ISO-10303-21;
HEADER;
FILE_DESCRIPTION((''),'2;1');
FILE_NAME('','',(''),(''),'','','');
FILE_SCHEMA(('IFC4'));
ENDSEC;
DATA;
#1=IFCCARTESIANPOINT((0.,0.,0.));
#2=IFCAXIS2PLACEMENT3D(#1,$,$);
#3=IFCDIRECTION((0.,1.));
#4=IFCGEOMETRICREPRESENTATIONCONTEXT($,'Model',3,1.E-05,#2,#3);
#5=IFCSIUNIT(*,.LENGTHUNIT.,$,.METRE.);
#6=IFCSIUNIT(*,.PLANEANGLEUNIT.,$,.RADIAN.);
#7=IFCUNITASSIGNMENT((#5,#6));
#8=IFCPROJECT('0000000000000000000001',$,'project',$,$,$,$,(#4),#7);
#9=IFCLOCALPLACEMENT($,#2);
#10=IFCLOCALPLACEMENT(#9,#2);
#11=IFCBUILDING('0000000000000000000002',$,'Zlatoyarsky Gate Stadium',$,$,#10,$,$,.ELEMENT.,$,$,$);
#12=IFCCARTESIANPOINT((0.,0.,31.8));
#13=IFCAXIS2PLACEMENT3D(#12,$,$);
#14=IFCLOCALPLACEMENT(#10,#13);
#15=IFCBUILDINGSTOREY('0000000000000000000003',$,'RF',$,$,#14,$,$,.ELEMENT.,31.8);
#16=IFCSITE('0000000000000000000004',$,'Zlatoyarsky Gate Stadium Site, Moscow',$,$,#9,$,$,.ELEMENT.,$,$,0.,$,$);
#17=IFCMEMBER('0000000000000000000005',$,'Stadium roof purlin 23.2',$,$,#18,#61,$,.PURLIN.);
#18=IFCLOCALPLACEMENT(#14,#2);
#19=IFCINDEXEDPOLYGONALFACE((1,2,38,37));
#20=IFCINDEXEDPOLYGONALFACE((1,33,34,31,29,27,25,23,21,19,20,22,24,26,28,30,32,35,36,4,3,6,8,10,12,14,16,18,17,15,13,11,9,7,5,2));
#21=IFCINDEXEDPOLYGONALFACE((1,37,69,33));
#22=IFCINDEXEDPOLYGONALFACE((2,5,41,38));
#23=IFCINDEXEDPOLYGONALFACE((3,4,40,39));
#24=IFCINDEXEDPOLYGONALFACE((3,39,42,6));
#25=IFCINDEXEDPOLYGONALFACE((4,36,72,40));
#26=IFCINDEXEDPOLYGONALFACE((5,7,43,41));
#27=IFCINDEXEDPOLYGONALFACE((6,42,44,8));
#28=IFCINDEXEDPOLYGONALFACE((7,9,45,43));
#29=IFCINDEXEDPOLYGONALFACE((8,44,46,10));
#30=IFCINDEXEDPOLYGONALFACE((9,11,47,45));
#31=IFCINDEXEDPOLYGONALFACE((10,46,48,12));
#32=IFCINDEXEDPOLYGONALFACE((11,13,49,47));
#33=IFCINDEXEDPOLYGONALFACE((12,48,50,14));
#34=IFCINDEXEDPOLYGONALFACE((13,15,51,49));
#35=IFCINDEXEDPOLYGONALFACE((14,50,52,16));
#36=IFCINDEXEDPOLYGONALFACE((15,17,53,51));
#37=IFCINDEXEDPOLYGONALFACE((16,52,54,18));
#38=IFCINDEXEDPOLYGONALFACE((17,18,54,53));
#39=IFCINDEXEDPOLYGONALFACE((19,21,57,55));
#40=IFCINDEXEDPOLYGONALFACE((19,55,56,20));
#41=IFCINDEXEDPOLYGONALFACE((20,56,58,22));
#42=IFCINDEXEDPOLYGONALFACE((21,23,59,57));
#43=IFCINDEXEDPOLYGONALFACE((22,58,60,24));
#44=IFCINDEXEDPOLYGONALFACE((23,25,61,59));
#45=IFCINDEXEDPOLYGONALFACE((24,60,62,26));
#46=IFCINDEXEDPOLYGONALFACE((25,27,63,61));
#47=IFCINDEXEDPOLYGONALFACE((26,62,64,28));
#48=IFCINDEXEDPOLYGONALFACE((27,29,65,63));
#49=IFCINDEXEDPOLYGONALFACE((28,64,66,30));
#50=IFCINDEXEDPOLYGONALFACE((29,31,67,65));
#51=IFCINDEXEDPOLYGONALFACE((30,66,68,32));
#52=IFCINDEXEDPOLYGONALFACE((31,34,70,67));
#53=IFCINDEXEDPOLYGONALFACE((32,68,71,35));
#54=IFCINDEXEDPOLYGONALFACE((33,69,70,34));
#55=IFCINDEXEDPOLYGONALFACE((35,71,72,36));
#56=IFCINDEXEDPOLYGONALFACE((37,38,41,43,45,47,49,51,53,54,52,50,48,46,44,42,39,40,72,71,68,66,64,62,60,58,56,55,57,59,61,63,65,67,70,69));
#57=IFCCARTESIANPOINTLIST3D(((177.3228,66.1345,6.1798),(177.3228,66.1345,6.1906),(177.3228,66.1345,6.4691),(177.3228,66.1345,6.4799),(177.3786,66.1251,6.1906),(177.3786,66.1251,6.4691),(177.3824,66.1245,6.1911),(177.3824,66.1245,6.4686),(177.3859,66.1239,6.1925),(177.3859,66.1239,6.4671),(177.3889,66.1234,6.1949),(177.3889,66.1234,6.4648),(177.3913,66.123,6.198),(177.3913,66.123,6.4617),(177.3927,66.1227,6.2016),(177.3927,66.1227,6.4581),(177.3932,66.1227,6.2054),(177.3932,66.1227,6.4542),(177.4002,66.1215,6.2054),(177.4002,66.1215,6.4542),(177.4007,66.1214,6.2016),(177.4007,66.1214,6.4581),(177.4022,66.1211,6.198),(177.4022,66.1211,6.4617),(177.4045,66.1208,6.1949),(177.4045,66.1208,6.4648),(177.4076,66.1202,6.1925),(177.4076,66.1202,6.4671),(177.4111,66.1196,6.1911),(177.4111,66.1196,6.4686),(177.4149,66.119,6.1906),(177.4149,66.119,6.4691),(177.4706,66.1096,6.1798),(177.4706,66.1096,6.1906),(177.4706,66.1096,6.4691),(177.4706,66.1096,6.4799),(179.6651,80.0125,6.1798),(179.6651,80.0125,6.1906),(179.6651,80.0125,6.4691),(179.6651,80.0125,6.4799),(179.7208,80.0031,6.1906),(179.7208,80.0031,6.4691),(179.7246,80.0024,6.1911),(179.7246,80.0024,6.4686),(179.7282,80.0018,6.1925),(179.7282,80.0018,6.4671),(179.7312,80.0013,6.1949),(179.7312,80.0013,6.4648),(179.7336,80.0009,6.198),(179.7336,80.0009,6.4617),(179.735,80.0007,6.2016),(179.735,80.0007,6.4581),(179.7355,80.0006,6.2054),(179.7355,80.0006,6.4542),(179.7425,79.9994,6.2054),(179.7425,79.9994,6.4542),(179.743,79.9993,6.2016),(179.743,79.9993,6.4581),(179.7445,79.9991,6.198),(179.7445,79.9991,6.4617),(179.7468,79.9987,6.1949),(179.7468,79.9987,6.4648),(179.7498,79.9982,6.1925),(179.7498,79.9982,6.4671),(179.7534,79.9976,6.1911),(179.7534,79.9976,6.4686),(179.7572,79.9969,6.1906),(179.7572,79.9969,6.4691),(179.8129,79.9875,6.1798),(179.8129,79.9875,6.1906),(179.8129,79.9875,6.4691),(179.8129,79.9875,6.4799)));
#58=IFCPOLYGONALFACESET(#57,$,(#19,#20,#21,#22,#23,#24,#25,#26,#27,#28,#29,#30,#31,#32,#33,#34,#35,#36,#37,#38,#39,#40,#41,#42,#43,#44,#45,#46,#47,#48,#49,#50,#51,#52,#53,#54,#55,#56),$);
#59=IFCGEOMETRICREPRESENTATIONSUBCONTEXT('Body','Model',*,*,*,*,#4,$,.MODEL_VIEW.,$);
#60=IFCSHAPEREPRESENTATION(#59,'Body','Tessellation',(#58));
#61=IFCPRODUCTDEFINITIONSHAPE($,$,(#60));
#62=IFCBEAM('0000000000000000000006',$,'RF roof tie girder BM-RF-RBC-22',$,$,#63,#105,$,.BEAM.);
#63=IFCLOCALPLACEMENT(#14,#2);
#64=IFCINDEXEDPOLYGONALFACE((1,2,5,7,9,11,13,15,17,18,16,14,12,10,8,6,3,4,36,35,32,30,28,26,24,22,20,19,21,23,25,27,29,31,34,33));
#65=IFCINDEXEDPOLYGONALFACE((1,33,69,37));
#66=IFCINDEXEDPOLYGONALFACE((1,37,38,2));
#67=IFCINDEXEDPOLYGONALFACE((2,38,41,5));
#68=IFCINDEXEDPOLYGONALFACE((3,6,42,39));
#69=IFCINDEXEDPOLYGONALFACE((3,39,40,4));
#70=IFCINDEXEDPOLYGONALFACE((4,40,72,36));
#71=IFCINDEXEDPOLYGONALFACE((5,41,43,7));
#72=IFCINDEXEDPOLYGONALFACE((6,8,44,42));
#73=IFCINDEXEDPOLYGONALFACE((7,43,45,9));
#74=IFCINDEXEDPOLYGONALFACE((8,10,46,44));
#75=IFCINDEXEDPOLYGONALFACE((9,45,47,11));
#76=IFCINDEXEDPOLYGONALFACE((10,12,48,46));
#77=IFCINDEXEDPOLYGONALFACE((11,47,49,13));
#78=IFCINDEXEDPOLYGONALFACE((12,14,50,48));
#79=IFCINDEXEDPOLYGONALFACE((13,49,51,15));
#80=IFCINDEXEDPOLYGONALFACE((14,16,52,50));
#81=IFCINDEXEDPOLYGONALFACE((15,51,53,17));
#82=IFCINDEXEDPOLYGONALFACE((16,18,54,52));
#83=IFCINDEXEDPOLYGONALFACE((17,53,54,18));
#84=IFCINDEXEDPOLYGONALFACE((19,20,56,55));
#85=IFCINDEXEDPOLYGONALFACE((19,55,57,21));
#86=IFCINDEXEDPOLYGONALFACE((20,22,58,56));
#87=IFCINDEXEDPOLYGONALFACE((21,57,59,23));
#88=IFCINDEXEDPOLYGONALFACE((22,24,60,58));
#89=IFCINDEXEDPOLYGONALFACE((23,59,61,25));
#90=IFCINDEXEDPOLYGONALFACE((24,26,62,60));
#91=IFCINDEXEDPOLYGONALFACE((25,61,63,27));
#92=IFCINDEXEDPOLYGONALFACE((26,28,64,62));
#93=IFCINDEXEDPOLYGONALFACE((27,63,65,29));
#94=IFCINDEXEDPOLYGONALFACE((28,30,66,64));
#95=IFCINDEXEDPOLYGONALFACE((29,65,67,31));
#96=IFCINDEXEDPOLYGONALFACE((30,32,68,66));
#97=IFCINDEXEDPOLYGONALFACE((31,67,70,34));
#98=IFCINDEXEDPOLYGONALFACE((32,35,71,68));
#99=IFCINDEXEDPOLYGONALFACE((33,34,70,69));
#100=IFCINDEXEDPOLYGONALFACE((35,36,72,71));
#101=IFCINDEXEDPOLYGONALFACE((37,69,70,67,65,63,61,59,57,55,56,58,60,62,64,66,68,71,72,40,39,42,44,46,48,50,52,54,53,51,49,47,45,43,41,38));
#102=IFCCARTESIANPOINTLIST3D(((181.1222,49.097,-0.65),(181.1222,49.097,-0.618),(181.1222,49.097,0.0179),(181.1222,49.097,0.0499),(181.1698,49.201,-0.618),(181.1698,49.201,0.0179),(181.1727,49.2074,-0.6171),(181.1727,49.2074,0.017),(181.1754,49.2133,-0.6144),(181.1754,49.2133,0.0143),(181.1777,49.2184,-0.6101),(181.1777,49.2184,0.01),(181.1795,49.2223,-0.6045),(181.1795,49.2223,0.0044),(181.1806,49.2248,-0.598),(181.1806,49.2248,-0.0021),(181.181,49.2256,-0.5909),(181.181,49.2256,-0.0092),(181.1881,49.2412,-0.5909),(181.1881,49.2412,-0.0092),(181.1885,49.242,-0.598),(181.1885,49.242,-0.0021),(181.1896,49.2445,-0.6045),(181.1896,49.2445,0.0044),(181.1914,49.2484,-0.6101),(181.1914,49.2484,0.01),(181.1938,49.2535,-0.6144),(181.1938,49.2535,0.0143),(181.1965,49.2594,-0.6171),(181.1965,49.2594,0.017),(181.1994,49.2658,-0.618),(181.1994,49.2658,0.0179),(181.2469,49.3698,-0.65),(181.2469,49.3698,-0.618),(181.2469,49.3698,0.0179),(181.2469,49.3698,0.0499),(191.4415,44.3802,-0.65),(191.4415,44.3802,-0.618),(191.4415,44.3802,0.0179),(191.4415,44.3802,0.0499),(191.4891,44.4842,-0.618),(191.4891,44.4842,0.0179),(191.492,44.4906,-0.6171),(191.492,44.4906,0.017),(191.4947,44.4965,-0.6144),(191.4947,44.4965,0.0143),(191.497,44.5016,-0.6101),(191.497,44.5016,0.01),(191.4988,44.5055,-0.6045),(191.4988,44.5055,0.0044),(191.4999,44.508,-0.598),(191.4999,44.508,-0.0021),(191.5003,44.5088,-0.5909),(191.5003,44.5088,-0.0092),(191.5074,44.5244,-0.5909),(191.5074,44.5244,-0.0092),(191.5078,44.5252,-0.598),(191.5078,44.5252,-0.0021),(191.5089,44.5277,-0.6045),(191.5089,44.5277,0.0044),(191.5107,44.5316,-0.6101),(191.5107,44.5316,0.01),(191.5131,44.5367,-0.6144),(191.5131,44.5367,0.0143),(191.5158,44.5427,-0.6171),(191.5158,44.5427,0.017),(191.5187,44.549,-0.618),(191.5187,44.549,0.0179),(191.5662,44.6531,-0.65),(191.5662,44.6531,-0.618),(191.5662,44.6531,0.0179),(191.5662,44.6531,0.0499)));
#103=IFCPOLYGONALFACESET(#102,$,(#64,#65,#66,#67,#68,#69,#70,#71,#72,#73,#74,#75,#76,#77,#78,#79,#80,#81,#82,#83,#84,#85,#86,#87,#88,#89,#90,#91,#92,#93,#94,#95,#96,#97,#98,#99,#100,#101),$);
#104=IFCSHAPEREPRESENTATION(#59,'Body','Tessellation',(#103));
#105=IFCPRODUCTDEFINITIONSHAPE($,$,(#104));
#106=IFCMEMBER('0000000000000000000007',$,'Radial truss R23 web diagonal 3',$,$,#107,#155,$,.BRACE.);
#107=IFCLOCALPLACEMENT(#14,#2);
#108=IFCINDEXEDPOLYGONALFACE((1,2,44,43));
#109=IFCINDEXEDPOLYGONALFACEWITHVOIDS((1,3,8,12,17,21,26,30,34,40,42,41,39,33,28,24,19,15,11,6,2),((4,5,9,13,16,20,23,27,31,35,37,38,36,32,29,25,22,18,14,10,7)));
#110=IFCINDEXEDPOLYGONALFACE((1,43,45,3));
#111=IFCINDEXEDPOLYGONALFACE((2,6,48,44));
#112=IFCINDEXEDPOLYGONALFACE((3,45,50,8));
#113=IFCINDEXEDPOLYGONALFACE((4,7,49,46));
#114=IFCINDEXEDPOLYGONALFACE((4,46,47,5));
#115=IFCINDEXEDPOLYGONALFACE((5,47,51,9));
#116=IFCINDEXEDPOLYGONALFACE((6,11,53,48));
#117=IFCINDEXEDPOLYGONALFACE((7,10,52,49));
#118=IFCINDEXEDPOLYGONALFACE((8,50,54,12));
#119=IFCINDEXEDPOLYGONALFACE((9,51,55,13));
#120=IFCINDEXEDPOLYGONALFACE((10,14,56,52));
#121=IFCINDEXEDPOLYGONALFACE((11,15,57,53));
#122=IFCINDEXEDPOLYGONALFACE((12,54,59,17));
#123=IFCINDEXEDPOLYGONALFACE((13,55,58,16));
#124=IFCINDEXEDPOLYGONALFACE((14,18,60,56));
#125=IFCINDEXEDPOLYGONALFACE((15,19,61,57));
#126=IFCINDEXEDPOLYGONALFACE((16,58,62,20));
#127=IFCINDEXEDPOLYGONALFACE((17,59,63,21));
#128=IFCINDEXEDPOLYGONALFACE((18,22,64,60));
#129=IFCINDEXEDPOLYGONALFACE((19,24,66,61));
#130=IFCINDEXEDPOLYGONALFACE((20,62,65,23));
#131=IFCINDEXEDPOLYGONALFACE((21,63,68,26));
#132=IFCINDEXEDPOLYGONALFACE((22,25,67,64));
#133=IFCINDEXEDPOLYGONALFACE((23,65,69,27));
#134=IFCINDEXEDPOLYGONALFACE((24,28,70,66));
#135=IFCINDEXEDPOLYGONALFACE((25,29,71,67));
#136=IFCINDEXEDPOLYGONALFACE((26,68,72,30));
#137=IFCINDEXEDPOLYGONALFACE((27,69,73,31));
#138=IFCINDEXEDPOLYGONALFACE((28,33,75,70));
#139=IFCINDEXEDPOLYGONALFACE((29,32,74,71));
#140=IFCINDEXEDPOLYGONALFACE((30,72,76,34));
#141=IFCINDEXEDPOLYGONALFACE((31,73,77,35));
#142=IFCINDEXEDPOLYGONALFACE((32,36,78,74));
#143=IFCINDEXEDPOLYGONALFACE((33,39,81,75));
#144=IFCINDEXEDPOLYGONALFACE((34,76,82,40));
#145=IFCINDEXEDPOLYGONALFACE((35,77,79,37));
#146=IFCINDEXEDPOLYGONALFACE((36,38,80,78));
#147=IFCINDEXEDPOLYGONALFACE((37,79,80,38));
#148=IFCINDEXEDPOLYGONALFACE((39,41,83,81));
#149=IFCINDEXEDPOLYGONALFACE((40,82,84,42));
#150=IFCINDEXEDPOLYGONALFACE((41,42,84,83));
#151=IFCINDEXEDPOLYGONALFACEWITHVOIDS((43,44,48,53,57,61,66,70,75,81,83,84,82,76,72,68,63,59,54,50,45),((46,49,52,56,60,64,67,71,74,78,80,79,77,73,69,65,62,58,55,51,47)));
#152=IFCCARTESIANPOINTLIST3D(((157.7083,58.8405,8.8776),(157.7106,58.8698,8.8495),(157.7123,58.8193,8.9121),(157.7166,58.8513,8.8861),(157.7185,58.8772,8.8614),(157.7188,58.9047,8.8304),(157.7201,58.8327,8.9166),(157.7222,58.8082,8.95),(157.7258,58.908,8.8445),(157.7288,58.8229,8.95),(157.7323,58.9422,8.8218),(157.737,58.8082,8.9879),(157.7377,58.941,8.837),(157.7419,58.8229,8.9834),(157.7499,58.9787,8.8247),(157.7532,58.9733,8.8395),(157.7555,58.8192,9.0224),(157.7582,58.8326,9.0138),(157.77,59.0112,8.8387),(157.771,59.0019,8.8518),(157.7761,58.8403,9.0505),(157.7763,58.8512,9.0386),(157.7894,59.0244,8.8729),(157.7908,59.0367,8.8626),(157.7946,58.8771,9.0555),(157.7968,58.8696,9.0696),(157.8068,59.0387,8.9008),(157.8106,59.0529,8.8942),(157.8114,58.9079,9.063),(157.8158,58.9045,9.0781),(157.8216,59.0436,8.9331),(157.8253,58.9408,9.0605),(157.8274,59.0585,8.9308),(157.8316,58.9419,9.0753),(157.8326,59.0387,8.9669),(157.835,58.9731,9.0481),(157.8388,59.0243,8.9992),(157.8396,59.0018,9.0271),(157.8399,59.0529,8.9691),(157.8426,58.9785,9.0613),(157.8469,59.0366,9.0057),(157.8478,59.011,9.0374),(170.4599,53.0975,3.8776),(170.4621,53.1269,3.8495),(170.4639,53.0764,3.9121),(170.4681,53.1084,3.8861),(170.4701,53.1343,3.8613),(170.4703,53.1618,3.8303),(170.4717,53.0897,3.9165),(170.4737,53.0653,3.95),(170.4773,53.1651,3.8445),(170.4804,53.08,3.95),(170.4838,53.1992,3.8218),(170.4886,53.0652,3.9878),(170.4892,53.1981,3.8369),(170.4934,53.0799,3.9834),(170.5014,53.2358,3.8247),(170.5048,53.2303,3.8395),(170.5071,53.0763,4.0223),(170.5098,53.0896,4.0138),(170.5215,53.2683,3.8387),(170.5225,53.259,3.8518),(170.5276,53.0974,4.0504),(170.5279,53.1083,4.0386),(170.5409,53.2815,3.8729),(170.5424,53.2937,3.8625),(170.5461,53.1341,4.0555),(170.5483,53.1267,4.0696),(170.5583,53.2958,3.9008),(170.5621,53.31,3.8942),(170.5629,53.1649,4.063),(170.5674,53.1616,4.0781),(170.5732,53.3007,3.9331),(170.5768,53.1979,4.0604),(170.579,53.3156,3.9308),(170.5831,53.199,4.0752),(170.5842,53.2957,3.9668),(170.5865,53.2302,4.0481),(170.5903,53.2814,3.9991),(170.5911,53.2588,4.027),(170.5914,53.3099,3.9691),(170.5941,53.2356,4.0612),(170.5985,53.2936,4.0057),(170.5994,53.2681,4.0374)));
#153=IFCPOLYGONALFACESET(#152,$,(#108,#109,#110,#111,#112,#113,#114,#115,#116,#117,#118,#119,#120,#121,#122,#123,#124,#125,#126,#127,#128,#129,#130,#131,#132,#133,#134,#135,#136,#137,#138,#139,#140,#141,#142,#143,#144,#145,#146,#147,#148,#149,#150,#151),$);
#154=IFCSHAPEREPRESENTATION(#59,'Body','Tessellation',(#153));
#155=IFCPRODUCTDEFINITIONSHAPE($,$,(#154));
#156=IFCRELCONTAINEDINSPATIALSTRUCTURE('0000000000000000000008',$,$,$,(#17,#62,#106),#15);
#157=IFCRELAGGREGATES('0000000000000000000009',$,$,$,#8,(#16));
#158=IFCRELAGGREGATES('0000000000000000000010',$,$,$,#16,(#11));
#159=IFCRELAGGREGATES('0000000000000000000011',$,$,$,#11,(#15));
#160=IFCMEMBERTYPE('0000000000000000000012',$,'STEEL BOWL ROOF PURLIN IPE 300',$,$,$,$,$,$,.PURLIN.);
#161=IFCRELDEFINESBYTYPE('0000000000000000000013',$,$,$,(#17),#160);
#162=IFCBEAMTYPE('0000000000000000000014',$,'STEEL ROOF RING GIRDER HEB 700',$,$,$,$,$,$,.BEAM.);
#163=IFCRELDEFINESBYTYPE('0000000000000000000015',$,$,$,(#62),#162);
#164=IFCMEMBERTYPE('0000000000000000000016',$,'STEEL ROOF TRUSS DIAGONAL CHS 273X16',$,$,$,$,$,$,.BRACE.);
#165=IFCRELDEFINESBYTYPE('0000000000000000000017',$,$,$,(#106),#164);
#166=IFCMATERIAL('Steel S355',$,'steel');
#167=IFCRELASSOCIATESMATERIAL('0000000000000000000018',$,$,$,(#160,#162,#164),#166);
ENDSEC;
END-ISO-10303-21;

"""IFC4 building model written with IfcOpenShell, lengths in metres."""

from ifc_helpers import new_model, si_unit, direction, frame, origin, origin_2d, place, context, subcontext, project, spatial, hollow_circle, i_section, extrude, material, material_profile, profile_set, type_object, element, save


model = new_model("IFC4")

# Units and contexts
model_context = context("Model", 3, precision=1e-05, world=origin(), true_north=direction((0.0, 1.0)))
body_context = subcontext(model_context, "Body", "Model", "MODEL_VIEW")
ifc_project = project(units=[si_unit("LENGTHUNIT", "METRE"), si_unit("PLANEANGLEUNIT", "RADIAN")], contexts=[model_context])

# Site, building, storey
site_placement = place(None, origin())
site = spatial("IfcSite", under=ifc_project, at=site_placement, Name="Zlatoyarsky Gate Stadium Site, Moscow", CompositionType="ELEMENT", RefElevation=0.0)
building_placement = place(site_placement, origin())
building = spatial("IfcBuilding", under=site, at=building_placement, Name="Zlatoyarsky Gate Stadium", CompositionType="ELEMENT")
storey_placement = place(building_placement, frame((0.0, 0.0, 31.8)))
storey = spatial("IfcBuildingStorey", under=building, at=storey_placement, Name="RF", CompositionType="ELEMENT", Elevation=31.8)

# Member
ifc_material_1 = material(Name="Steel S355", Category="steel")
ifc_material_profile_1 = material_profile(ifc_material_1, i_section(OverallWidth=0.1499, OverallDepth=0.3, WebThickness=0.0071, FlangeThickness=0.0107, FilletRadius=0.0149, at=origin_2d()), Name="IPE 300")
ifc_profile_set_1 = profile_set([ifc_material_profile_1], Name="Steel S355")
member_type_1 = type_object("IfcMemberType", Name="STEEL BOWL ROOF PURLIN IPE 300", PredefinedType="PURLIN", material=ifc_profile_set_1)
member_1_placement = place(storey_placement, frame((177.3967, 66.1221, 6.3298), z_axis=(0.166424, 0.986054, 0.0), x_axis=(-0.986054, 0.166424, 0.0)))
element("IfcMember", 1, at=member_1_placement, inside=storey, type_object=member_type_1, Name="Stadium roof purlin 23.2", PredefinedType="PURLIN", context=body_context, shape_type="SweptSolid", body=[
    extrude(i_section(OverallWidth=0.1499, OverallDepth=0.3, WebThickness=0.0071, FlangeThickness=0.0107, FilletRadius=0.0149, at=origin_2d()), origin(), (0.0, 0.0, 1.0), 14.0742),
])

# Beam
ifc_material_profile_2 = material_profile(ifc_material_1, i_section(OverallWidth=0.3, OverallDepth=0.7, WebThickness=0.0171, FlangeThickness=0.032, FilletRadius=0.0271, at=origin_2d()), Name="HEB 700")
ifc_profile_set_2 = profile_set([ifc_material_profile_2], Name="Steel S355")
beam_type = type_object("IfcBeamType", Name="STEEL ROOF RING GIRDER HEB 700", PredefinedType="BEAM", material=ifc_profile_set_2)
beam_placement = place(storey_placement, frame((181.1846, 49.2334, -0.3), z_axis=(0.909495, -0.415715, 0.0), x_axis=(0.415715, 0.909495, 0.0)))
element("IfcBeam", 2, at=beam_placement, inside=storey, type_object=beam_type, Name="RF roof tie girder BM-RF-RBC-22", PredefinedType="BEAM", context=body_context, shape_type="SweptSolid", body=[
    extrude(i_section(OverallWidth=0.3, OverallDepth=0.7, WebThickness=0.0171, FlangeThickness=0.032, FilletRadius=0.0271, at=origin_2d()), origin(), (0.0, 0.0, 1.0), 11.3462),
])

# Member
ifc_material_profile_3 = material_profile(ifc_material_1, hollow_circle(Radius=0.1365, WallThickness=0.0161, at=origin_2d()), Name="CHS 273X16")
ifc_profile_set_3 = profile_set([ifc_material_profile_3], Name="Steel S355")
member_type_2 = type_object("IfcMemberType", Name="STEEL ROOF TRUSS DIAGONAL CHS 273X16", PredefinedType="BRACE", material=ifc_profile_set_3)
member_2_placement = place(storey_placement, frame((170.5298, 53.1897, 3.95), z_axis=(-0.858571, 0.386677, 0.336656), x_axis=(-0.410648, -0.911794, 0.0)))
element("IfcMember", 3, at=member_2_placement, inside=storey, type_object=member_type_2, Name="Radial truss R23 web diagonal 3", PredefinedType="BRACE", context=body_context, shape_type="SweptSolid", body=[
    extrude(hollow_circle(Radius=0.1365, WallThickness=0.0161, at=origin_2d()), origin(), (0.0, 0.0, 1.0), 14.8521),
])

save(model, "model.ifc")
